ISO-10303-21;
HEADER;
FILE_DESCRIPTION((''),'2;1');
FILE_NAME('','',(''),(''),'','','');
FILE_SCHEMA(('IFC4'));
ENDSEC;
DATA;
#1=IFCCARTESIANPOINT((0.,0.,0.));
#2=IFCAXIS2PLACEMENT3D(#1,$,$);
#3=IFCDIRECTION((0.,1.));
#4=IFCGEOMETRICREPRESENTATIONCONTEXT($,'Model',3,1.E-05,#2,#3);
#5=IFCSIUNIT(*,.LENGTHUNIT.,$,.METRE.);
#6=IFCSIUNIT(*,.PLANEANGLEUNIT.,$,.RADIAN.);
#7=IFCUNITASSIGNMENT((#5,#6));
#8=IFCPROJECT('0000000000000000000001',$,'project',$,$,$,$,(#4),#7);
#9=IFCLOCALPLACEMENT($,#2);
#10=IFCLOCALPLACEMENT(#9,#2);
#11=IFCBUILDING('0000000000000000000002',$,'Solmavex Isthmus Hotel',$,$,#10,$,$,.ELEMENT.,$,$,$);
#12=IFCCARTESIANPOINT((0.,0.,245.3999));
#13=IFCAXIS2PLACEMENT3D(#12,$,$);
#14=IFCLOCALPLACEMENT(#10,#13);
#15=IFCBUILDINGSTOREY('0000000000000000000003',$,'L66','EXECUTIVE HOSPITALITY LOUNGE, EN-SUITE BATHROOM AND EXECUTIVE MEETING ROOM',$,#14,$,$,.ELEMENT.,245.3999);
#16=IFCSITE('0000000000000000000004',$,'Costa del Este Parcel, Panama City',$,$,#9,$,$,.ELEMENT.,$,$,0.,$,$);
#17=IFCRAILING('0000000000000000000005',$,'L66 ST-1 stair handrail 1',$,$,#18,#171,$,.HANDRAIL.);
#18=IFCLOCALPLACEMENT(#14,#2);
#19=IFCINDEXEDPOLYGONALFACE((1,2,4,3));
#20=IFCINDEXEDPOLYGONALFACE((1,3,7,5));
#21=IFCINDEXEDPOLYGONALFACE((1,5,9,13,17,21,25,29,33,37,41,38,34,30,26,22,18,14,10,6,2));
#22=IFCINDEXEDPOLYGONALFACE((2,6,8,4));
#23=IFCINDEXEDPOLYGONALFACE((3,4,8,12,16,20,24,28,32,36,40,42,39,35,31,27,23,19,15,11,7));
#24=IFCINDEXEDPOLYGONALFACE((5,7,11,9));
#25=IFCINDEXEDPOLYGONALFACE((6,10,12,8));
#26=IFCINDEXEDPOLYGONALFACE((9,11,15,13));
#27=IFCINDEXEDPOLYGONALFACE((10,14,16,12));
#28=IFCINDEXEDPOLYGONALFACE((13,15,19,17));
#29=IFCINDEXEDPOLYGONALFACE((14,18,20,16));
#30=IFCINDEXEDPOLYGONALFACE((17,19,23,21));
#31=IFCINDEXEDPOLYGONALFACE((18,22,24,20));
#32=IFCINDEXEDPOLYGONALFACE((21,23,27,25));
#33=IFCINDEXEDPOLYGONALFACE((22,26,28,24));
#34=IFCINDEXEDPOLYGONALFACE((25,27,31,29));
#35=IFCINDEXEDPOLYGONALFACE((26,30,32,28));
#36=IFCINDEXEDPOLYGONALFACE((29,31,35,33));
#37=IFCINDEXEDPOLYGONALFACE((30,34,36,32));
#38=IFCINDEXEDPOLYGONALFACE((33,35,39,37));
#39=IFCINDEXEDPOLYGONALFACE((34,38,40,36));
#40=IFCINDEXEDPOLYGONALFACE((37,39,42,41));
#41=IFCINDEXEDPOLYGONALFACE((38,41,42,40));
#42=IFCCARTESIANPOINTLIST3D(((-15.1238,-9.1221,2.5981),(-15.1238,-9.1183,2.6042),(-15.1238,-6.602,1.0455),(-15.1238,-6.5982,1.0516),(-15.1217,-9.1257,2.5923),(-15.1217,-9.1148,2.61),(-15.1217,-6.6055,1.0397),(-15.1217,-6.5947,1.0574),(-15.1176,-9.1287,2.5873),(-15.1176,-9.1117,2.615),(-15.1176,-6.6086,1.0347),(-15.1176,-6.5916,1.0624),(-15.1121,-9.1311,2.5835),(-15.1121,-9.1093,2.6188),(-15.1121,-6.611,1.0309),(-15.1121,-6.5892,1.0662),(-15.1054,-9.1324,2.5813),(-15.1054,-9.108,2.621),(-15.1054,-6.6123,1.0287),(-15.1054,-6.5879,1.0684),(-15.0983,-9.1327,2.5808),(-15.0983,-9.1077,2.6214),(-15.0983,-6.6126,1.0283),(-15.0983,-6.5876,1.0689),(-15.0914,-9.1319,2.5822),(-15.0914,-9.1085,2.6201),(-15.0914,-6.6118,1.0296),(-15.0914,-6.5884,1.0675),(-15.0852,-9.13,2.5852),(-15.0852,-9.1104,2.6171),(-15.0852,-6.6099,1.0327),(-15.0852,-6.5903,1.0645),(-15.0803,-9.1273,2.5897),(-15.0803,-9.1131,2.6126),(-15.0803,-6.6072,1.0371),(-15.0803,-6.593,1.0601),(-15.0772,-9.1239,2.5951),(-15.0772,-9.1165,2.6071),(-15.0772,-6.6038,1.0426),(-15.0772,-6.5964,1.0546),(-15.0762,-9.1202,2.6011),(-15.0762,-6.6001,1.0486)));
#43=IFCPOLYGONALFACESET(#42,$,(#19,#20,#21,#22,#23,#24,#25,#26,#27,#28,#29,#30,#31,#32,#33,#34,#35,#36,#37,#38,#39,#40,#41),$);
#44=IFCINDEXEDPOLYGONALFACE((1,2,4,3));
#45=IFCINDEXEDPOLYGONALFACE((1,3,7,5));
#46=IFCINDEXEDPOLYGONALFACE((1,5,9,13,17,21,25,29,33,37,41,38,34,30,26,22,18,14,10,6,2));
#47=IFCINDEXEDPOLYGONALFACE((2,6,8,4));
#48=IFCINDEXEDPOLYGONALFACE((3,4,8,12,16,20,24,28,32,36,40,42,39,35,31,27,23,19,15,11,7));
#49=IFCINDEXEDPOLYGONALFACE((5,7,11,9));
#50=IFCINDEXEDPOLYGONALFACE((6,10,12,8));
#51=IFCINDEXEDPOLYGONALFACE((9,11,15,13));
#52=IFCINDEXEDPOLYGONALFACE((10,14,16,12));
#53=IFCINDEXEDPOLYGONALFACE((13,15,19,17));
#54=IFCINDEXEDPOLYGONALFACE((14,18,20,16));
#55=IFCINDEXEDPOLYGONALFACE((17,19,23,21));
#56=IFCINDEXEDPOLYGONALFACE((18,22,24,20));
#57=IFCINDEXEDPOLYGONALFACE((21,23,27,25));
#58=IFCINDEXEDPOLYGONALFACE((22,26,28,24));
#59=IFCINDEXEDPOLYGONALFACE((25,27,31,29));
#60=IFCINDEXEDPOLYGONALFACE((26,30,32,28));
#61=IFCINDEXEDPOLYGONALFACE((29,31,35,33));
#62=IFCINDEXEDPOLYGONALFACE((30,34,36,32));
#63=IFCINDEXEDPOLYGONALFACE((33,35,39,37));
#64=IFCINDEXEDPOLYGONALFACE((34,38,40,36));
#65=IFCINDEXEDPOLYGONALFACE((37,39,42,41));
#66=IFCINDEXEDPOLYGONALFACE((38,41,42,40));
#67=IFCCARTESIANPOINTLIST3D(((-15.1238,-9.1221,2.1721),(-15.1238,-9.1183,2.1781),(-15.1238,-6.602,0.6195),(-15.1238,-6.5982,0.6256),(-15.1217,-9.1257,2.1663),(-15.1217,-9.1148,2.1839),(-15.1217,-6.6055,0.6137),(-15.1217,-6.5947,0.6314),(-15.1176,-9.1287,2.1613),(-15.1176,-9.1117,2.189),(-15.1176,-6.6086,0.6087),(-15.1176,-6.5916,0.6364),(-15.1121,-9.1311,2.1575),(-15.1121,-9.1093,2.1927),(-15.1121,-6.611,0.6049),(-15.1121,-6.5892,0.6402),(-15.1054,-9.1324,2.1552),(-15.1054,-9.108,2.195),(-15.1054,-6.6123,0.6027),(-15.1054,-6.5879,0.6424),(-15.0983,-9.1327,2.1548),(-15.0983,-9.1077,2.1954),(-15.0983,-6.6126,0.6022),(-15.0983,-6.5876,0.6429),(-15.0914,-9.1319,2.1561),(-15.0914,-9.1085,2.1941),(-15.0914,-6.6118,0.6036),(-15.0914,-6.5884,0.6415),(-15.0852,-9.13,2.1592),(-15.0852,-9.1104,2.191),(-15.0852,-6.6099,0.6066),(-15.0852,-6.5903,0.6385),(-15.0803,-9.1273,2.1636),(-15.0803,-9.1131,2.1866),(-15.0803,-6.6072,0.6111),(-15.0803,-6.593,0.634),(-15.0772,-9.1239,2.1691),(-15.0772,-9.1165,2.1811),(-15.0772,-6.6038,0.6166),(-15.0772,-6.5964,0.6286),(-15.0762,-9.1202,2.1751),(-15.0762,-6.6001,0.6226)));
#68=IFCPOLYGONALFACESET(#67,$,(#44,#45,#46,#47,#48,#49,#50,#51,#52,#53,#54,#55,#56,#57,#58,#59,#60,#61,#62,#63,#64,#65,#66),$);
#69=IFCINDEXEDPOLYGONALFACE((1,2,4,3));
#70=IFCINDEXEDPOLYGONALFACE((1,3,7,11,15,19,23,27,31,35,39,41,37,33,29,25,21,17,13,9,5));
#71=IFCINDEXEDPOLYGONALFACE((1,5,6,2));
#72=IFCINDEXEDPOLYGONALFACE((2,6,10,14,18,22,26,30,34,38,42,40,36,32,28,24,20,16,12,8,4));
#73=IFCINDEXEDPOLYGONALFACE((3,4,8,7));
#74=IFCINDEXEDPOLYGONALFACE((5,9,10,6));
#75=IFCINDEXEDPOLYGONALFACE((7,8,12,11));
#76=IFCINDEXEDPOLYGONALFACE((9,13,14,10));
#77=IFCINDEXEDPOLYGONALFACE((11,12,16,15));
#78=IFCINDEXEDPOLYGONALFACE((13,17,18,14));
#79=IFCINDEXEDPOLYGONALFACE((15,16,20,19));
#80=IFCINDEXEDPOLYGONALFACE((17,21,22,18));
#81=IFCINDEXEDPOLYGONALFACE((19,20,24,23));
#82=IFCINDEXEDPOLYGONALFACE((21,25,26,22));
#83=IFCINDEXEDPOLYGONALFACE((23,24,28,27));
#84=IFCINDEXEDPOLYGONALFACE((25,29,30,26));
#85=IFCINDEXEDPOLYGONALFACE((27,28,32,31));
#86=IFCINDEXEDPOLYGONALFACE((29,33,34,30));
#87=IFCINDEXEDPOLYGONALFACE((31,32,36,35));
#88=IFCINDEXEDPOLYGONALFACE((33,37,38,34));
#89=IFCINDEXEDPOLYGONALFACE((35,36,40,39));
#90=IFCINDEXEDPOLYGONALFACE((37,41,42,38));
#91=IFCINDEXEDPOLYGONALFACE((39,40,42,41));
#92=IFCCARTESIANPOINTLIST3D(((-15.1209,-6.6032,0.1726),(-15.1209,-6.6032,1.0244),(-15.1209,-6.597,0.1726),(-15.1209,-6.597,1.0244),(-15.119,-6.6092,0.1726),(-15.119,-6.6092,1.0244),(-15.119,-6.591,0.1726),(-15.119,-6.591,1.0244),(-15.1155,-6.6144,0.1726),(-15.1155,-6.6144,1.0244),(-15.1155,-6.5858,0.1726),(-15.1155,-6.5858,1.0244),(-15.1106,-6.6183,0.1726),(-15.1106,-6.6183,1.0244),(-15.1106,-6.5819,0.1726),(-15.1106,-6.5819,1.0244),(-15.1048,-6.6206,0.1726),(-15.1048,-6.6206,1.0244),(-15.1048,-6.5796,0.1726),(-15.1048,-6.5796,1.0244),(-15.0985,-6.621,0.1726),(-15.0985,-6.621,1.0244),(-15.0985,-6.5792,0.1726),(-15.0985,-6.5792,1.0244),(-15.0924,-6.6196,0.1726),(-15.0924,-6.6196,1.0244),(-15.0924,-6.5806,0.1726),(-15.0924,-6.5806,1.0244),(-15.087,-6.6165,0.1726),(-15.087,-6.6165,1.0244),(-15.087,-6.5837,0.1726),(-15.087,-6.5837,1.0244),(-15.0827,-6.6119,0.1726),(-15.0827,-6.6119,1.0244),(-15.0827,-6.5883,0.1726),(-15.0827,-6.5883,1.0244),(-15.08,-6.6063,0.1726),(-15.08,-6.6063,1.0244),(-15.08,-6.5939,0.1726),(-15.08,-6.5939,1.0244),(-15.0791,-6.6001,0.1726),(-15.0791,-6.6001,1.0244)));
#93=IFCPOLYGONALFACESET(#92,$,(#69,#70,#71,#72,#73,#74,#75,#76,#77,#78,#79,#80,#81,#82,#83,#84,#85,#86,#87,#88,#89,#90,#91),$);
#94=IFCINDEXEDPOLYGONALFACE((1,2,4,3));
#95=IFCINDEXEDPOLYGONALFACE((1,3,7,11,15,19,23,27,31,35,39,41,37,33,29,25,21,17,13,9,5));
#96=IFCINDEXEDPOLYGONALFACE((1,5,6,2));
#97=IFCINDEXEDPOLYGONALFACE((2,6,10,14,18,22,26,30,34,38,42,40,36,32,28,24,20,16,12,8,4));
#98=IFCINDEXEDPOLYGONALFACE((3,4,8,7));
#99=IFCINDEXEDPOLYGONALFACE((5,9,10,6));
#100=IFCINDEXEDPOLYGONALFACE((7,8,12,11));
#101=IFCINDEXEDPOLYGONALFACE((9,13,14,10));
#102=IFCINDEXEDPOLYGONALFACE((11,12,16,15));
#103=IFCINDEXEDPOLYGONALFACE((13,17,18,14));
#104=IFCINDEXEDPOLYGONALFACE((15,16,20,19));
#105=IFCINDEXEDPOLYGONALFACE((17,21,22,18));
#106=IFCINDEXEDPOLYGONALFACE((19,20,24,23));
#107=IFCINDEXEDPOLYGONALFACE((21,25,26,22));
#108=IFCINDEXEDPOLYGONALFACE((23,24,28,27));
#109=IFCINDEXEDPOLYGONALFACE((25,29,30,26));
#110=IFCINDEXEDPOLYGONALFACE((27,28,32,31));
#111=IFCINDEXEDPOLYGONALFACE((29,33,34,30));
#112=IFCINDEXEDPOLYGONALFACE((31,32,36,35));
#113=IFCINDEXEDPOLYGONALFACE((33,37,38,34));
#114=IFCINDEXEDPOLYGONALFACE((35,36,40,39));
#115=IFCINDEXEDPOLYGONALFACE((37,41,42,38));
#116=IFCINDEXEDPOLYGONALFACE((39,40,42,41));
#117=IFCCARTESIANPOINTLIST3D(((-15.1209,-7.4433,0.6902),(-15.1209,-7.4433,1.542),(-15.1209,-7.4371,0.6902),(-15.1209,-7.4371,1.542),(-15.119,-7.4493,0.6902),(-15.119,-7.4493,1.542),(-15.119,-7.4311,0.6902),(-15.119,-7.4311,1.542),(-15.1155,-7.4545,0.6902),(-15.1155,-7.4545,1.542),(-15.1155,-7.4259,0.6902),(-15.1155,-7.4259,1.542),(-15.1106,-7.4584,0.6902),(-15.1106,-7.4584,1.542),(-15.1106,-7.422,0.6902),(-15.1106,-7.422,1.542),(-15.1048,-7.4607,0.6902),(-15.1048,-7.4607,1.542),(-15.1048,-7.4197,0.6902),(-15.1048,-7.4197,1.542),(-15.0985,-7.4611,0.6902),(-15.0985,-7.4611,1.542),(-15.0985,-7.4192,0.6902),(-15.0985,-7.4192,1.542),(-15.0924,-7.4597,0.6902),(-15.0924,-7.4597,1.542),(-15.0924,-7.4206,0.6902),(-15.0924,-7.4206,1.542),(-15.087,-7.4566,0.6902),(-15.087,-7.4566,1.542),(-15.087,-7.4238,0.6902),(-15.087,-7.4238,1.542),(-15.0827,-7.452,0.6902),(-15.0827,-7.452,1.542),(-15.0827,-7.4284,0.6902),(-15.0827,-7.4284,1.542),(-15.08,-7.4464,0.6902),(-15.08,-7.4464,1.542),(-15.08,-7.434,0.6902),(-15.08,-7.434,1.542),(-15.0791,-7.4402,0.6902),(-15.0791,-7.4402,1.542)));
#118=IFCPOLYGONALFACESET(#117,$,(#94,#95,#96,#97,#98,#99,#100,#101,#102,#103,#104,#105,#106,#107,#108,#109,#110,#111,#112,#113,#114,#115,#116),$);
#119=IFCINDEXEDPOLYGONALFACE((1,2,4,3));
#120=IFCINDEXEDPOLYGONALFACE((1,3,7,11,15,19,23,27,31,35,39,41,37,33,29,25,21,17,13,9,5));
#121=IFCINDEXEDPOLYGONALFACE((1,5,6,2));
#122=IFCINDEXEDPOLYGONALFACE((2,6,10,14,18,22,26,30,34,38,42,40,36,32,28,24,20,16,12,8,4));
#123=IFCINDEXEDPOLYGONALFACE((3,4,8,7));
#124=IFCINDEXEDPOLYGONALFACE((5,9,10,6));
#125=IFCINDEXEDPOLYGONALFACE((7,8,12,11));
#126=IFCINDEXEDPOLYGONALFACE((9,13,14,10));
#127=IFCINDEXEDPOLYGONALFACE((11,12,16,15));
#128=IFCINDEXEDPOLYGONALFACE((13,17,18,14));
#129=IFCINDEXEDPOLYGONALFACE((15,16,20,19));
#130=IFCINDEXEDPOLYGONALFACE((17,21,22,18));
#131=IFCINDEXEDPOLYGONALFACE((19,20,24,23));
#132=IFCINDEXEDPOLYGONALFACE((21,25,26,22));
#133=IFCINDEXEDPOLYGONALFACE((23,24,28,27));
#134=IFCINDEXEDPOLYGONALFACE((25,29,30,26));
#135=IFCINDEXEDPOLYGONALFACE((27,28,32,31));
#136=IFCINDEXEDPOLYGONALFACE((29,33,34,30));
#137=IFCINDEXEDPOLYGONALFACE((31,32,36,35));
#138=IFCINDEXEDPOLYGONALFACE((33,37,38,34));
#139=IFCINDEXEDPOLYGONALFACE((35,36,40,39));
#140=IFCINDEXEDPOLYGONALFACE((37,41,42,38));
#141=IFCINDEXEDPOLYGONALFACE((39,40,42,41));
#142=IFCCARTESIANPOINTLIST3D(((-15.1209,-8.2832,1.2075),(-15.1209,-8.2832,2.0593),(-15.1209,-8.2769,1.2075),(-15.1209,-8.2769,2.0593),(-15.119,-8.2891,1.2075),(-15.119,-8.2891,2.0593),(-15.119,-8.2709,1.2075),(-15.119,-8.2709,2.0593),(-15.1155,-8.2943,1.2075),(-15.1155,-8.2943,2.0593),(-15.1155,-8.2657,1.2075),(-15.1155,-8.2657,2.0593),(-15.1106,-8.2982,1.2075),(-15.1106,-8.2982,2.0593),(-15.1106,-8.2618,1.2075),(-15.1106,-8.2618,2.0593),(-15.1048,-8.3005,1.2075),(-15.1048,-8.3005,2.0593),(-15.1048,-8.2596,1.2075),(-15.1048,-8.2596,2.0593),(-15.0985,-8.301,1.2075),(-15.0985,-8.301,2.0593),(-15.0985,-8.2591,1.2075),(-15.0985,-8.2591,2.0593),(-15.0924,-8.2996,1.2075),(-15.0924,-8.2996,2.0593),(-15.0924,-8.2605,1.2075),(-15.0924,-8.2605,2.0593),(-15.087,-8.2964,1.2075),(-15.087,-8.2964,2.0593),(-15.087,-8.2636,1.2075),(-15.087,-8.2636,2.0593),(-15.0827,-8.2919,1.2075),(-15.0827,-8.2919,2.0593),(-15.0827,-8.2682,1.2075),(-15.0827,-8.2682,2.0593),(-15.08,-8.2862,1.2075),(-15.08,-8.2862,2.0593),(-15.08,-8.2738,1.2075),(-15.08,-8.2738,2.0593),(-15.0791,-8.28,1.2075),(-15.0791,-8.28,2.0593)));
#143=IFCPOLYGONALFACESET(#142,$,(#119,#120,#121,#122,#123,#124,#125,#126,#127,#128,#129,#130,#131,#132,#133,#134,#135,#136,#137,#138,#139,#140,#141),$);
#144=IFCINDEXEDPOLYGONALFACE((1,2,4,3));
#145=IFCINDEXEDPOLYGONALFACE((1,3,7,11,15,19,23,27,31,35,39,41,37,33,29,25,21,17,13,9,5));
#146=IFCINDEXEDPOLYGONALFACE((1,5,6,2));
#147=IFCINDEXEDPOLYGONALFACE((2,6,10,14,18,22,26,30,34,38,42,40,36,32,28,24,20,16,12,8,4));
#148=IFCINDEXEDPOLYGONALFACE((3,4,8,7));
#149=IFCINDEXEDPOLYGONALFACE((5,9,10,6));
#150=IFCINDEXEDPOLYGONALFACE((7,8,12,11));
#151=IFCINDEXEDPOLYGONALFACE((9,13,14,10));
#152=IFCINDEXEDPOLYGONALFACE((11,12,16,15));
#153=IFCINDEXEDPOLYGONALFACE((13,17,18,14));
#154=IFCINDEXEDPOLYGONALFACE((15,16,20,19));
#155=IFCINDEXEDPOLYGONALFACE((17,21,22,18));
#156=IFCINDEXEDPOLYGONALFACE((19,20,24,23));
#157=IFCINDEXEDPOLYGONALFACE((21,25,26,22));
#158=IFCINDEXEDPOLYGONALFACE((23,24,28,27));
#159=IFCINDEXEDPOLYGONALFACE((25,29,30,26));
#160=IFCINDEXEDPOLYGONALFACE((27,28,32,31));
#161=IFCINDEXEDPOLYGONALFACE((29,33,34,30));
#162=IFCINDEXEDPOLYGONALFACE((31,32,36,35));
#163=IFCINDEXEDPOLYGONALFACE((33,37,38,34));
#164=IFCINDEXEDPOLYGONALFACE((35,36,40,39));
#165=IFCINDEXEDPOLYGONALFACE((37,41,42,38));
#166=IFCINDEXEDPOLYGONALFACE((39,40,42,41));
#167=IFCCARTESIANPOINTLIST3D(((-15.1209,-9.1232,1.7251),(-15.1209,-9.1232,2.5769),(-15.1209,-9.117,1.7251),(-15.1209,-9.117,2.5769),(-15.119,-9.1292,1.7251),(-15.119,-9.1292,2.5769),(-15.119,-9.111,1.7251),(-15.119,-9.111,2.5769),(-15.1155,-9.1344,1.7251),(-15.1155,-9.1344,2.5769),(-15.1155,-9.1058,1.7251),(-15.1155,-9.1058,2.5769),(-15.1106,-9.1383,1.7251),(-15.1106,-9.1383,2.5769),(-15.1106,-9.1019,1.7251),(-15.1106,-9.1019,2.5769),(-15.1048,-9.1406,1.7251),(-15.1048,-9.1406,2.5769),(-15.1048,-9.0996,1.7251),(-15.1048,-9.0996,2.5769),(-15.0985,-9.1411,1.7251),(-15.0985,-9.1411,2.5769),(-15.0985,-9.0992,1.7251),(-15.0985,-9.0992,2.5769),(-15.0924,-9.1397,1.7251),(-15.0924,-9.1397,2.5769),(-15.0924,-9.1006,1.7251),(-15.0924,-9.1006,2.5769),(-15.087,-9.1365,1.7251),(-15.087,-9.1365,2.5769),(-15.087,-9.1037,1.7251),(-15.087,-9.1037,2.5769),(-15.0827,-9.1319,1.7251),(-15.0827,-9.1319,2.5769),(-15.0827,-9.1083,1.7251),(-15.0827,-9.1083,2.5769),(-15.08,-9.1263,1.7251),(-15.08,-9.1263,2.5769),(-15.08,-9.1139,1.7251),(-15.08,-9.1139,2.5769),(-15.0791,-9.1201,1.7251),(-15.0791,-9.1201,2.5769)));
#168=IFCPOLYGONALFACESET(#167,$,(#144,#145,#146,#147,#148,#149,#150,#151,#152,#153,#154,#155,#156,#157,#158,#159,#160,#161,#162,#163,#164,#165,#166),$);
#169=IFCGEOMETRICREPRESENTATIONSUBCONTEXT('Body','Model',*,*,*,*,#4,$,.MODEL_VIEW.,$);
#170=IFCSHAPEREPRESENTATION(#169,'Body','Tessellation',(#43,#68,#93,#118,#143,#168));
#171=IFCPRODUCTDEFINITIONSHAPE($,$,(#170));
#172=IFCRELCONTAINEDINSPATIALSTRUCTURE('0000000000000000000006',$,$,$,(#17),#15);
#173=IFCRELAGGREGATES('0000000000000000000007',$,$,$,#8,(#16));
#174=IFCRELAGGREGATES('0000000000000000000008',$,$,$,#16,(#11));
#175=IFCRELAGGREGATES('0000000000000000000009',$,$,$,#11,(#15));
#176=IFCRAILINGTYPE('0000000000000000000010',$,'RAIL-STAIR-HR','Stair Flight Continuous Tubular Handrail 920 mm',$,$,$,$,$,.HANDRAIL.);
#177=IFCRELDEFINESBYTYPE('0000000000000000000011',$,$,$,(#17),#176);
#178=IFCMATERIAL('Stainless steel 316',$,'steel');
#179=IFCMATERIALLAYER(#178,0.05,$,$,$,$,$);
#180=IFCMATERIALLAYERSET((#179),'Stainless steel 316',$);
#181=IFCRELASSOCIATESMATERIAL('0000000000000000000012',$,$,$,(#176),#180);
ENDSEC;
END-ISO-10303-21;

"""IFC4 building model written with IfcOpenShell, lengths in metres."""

from ifc_helpers import new_model, si_unit, direction, frame, origin, origin_2d, place, context, subcontext, project, spatial, circle, extrude, material, layer, layer_set, type_object, element, save


model = new_model("IFC4")

# Units and contexts
model_context = context("Model", 3, precision=1e-05, world=origin(), true_north=direction((0.0, 1.0)))
body_context = subcontext(model_context, "Body", "Model", "MODEL_VIEW")
ifc_project = project(units=[si_unit("LENGTHUNIT", "METRE"), si_unit("PLANEANGLEUNIT", "RADIAN")], contexts=[model_context])

# Site, building, storey
site_placement = place(None, origin())
site = spatial("IfcSite", under=ifc_project, at=site_placement, Name="Costa del Este Parcel, Panama City", CompositionType="ELEMENT", RefElevation=0.0)
building_placement = place(site_placement, origin())
building = spatial("IfcBuilding", under=site, at=building_placement, Name="Solmavex Isthmus Hotel", CompositionType="ELEMENT")
storey_placement = place(building_placement, frame((0.0, 0.0, 245.3999)))
storey = spatial("IfcBuildingStorey", under=building, at=storey_placement, Name="L66", Description="EXECUTIVE HOSPITALITY LOUNGE, EN-SUITE BATHROOM AND EXECUTIVE MEETING ROOM", CompositionType="ELEMENT", Elevation=245.3999)

# Railing
ifc_material_1 = material(Name="Stainless steel 316", Category="steel")
ifc_layer_1 = layer(ifc_material_1, 0.05)
ifc_layer_set_1 = layer_set([ifc_layer_1], Name="Stainless steel 316")
railing_type_1 = type_object("IfcRailingType", Name="RAIL-STAIR-HR", Description="Stair Flight Continuous Tubular Handrail 920 mm", PredefinedType="HANDRAIL", material=ifc_layer_set_1)
railing_1_placement = place(storey_placement, frame((-15.1001, -6.6001, 0.1726)))
element("IfcRailing", 1, at=railing_1_placement, inside=storey, type_object=railing_type_1, Name="L66 ST-1 stair handrail 1", PredefinedType="HANDRAIL", context=body_context, shape_type="SweptSolid", body=[
    extrude(circle(Radius=0.0239, at=origin_2d()), frame((0.0, 0.0, 0.876), z_axis=(0.0, -0.8514, 0.524516), x_axis=(1.0, 0.0, 0.0)), (0.0, 0.0, 1.0), 2.96),
    extrude(circle(Radius=0.0239, at=origin_2d()), frame((0.0, 0.0, 0.45), z_axis=(0.0, -0.8514, 0.524516), x_axis=(1.0, 0.0, 0.0)), (0.0, 0.0, 1.0), 2.96),
    extrude(circle(Radius=0.021, at=origin_2d()), origin(), (0.0, 0.0, 1.0), 0.8518),
    extrude(circle(Radius=0.021, at=origin_2d()), frame((0.0, -0.8401, 0.5176)), (0.0, 0.0, 1.0), 0.8518),
    extrude(circle(Radius=0.021, at=origin_2d()), frame((0.0, -1.6799, 1.0349)), (0.0, 0.0, 1.0), 0.8518),
    extrude(circle(Radius=0.021, at=origin_2d()), frame((0.0, -2.52, 1.5525)), (0.0, 0.0, 1.0), 0.8518),
])

save(model, "model.ifc")
